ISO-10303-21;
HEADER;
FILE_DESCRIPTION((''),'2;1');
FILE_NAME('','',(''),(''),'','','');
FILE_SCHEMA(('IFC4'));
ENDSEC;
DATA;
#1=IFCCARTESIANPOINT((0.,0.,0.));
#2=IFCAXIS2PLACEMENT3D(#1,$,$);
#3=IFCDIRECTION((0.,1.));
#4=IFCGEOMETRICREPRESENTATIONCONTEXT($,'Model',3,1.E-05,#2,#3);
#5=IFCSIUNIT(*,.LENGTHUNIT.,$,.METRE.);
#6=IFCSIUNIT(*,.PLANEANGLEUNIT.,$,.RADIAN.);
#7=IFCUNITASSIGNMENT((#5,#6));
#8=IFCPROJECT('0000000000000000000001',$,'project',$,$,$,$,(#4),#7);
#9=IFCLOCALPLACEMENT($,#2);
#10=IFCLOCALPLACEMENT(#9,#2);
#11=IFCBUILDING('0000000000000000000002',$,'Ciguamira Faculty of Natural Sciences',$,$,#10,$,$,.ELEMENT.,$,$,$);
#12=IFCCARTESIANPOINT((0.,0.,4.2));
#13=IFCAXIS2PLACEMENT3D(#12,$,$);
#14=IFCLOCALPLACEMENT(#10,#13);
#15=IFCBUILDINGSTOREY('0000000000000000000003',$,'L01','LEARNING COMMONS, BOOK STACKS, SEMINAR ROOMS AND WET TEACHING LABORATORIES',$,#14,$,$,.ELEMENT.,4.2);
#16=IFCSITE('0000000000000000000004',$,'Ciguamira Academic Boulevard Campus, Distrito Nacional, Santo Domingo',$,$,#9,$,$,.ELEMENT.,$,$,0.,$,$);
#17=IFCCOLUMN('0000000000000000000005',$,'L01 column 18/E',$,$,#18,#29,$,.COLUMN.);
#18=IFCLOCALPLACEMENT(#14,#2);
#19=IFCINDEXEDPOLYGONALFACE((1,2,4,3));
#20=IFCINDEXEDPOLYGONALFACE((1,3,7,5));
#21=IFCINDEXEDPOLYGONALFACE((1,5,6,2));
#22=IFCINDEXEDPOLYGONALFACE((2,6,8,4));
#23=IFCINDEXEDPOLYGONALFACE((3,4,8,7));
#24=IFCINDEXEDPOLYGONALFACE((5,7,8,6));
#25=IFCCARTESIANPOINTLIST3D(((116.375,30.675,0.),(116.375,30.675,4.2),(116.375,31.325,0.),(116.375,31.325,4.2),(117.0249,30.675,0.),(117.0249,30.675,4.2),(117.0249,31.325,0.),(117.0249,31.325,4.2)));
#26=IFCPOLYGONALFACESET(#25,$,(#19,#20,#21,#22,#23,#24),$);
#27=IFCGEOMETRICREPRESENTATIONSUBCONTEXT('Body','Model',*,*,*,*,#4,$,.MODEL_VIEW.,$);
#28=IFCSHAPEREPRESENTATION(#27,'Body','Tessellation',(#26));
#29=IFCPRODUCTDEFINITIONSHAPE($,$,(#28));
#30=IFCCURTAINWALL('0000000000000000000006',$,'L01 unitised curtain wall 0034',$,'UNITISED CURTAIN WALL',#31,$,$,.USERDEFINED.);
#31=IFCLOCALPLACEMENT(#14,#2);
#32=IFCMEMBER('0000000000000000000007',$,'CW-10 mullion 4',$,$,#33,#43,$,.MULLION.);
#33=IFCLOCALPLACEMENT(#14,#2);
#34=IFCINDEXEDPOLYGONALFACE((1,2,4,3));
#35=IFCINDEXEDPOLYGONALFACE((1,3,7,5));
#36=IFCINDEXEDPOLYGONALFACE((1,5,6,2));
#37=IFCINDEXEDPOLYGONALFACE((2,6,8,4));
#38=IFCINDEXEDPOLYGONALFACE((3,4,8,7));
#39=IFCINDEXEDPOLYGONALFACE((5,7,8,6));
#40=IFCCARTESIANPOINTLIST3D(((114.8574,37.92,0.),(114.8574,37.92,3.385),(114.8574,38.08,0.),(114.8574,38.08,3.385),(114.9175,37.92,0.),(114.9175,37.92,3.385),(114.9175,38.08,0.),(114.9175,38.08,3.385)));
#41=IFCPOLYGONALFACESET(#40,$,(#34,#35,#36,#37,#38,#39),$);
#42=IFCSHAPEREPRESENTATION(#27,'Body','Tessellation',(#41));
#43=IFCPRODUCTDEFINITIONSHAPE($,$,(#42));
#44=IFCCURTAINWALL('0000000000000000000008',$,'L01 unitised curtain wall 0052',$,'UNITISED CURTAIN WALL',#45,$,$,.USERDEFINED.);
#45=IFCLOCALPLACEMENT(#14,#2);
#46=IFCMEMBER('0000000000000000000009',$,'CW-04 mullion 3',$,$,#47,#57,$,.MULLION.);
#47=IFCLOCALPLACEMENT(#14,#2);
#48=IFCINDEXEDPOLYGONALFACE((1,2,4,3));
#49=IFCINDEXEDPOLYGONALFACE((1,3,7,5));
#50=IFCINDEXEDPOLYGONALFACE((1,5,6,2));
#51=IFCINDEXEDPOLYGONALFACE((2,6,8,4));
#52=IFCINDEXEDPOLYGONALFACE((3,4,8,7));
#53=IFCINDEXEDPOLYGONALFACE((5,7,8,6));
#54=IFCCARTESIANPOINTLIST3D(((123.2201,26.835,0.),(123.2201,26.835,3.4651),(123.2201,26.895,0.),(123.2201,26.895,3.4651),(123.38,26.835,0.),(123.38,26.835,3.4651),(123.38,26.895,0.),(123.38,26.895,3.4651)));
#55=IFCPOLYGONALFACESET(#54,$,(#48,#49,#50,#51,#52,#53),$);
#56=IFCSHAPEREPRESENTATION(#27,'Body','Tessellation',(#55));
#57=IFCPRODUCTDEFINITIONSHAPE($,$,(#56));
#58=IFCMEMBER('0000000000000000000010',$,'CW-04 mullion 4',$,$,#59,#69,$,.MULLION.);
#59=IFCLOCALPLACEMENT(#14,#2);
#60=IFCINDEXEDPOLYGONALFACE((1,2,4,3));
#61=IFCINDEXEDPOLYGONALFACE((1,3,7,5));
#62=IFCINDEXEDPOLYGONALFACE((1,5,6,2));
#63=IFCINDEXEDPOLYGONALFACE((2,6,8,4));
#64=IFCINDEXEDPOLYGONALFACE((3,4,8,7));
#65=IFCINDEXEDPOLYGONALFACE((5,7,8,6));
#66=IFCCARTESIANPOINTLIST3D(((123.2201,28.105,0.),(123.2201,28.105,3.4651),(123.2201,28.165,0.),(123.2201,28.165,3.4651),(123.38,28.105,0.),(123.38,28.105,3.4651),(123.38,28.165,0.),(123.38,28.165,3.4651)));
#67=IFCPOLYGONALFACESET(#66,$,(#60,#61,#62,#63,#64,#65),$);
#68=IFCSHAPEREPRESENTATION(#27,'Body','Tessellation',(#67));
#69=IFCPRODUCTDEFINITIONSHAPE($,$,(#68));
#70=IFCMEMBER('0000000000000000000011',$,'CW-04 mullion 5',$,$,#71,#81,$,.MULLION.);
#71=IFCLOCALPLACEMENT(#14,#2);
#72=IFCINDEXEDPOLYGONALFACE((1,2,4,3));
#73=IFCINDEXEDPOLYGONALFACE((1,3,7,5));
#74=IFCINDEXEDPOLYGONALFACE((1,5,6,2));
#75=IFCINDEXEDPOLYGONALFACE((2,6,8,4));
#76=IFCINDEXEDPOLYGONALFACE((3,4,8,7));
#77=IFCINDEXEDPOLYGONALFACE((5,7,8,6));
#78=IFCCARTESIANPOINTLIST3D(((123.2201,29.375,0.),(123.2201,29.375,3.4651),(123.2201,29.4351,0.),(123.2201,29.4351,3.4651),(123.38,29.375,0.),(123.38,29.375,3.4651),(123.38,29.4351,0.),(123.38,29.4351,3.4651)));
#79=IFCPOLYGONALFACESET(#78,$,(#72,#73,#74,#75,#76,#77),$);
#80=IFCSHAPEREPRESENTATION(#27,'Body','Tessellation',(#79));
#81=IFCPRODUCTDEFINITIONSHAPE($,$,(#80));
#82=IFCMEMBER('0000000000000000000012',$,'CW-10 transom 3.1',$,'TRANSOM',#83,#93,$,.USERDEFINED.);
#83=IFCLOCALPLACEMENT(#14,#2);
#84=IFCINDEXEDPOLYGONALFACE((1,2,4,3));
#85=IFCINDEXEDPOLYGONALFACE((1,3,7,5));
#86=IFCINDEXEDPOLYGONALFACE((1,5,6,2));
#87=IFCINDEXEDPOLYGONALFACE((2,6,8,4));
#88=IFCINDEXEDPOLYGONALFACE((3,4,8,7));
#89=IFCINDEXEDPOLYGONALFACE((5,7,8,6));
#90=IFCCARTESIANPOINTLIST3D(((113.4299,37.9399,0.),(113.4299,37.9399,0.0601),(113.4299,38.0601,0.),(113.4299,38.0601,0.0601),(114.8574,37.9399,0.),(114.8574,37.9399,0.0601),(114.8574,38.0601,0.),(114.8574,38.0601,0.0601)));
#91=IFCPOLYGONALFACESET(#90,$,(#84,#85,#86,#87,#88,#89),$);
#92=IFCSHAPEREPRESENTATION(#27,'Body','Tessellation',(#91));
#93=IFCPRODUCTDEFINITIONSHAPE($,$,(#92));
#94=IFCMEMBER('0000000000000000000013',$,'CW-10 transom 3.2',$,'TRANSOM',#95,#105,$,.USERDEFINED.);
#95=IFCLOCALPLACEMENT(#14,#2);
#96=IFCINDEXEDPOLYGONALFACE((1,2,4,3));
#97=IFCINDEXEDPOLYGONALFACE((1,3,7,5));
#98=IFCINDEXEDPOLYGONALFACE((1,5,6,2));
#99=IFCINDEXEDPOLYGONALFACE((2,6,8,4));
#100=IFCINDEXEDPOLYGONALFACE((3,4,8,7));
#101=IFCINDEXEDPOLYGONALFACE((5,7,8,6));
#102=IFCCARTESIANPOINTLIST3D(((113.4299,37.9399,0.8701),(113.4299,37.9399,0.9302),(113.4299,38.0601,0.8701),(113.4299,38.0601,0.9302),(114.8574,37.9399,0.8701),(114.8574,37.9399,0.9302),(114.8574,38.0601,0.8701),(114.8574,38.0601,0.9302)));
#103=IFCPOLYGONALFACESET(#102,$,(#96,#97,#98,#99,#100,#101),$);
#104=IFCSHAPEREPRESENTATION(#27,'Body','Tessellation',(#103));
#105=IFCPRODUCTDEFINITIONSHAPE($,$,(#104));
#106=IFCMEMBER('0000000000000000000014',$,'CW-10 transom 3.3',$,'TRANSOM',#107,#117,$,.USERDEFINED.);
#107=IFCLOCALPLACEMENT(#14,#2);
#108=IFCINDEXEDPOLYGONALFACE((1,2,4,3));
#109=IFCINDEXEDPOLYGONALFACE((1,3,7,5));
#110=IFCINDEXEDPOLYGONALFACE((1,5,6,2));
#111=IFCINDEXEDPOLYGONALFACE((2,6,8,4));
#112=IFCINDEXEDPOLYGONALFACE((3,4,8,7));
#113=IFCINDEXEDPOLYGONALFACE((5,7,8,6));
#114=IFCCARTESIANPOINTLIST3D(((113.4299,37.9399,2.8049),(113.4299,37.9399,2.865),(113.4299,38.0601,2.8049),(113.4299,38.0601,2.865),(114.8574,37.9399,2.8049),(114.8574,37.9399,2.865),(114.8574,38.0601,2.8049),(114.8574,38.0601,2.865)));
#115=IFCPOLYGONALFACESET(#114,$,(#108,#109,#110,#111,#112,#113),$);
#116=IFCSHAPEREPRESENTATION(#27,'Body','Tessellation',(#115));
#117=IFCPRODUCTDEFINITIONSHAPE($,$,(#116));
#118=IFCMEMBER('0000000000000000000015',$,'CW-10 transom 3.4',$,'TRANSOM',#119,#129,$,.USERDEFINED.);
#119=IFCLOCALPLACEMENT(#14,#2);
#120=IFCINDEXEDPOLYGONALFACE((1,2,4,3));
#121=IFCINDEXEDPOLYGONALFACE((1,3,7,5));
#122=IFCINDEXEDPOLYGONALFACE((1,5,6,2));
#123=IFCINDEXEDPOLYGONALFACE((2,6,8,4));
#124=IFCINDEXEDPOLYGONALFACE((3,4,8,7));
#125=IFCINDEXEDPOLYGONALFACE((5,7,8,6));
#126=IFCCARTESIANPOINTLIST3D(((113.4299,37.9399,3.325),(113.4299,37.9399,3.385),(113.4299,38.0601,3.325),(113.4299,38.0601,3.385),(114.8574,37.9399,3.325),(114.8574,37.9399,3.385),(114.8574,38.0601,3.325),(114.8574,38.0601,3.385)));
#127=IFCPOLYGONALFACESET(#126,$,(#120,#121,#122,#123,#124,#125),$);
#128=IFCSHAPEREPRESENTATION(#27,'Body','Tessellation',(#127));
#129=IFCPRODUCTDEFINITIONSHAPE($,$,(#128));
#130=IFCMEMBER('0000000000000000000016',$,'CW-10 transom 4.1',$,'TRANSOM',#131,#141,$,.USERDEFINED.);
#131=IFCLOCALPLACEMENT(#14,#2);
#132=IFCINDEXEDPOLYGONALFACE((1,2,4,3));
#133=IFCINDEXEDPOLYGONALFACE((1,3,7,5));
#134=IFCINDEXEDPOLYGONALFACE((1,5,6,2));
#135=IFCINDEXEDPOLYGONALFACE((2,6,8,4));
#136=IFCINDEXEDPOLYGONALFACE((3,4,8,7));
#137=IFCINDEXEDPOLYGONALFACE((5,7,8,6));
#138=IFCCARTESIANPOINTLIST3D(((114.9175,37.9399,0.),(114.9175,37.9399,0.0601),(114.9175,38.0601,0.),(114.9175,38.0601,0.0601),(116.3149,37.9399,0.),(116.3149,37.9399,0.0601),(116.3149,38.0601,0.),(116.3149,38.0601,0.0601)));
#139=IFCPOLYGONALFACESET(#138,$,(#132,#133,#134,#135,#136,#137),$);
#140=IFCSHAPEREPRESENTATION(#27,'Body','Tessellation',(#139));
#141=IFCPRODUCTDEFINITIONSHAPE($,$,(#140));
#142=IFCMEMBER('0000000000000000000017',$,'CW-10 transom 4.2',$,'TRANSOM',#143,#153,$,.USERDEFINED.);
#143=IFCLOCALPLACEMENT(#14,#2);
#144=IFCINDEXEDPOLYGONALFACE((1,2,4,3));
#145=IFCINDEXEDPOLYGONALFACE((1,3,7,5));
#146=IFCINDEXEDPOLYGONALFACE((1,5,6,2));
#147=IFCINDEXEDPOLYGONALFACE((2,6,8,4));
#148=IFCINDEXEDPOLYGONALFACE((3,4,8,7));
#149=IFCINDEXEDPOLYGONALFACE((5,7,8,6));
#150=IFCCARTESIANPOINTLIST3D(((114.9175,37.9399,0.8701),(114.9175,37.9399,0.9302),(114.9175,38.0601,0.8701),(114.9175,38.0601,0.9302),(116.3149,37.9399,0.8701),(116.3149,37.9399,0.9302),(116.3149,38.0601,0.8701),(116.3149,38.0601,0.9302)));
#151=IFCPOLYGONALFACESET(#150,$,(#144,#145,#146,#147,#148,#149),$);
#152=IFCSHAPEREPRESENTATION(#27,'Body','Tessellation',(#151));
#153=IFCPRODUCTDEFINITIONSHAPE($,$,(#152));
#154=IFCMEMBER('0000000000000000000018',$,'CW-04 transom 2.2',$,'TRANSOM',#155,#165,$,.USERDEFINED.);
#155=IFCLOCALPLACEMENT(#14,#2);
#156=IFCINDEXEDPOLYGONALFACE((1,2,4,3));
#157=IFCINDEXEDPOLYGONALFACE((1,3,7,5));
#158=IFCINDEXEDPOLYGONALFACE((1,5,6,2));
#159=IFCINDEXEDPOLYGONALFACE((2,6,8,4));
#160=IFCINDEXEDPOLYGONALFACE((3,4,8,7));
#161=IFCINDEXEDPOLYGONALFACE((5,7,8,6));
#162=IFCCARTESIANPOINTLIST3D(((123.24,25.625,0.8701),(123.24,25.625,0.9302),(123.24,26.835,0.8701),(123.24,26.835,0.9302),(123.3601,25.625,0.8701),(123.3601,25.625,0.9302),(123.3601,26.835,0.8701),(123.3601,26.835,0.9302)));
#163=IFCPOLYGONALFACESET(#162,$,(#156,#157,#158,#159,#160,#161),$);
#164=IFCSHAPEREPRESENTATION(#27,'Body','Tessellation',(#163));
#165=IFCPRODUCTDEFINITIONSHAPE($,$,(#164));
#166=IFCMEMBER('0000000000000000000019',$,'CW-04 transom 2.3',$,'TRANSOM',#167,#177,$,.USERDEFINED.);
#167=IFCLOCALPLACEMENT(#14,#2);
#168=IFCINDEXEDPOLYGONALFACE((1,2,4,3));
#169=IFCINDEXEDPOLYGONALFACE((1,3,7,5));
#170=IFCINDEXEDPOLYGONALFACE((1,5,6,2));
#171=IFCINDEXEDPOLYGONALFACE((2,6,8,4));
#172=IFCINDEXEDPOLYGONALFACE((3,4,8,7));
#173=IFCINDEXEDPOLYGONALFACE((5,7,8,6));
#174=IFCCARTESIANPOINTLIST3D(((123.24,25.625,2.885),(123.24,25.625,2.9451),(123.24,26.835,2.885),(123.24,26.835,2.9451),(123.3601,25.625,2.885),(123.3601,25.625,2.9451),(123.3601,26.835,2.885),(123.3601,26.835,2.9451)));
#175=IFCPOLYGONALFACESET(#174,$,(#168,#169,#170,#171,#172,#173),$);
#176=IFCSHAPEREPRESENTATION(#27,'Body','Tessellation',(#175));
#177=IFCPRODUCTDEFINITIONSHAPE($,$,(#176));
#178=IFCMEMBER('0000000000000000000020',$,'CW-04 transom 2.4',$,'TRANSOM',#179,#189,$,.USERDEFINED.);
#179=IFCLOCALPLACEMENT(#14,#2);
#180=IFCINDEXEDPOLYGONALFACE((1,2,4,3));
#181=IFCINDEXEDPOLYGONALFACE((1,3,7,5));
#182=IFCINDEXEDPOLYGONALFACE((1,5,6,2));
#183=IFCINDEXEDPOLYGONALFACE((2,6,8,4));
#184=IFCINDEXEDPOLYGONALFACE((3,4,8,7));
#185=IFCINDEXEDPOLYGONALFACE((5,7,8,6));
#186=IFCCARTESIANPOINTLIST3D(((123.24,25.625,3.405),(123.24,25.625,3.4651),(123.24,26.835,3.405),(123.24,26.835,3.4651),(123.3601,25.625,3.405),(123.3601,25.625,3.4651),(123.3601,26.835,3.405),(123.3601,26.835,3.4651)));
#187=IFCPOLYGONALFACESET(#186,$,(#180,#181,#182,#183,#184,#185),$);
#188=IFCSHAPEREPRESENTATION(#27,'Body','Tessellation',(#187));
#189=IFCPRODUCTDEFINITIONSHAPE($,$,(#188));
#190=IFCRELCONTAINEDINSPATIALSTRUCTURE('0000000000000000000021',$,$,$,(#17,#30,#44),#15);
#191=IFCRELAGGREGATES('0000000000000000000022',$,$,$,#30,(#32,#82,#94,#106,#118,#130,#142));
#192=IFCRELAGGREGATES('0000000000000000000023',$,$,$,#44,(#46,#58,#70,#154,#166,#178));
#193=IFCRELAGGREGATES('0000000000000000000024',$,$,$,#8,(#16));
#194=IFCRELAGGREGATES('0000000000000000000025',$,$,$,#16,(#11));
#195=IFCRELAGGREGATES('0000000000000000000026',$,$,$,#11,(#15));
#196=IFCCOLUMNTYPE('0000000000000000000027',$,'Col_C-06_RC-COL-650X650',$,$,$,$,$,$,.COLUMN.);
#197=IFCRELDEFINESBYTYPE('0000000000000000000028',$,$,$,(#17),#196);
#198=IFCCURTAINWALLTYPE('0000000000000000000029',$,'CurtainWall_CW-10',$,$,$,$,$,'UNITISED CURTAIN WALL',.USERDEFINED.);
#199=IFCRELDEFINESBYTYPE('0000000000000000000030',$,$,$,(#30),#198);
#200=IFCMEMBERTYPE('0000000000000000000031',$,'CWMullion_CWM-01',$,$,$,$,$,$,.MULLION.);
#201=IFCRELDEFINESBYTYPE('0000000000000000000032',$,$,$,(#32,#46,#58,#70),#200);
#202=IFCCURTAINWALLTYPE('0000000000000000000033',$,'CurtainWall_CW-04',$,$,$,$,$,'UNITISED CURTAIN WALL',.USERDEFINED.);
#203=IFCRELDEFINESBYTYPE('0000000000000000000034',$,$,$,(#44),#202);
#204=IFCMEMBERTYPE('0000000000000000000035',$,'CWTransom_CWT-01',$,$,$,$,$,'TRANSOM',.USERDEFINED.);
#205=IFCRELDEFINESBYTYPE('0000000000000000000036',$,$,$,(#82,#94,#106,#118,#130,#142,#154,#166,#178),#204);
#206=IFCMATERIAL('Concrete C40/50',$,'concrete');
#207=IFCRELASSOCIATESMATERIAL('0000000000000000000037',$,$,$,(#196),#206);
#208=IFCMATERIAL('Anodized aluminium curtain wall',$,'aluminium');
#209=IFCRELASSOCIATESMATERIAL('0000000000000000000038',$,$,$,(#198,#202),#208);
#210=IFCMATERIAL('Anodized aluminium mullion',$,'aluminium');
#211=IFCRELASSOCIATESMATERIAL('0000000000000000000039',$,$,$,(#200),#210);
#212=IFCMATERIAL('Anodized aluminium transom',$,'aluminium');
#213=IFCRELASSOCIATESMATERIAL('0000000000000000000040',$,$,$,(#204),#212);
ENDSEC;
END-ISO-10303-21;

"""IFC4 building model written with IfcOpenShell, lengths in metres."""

from ifc_helpers import new_model, si_unit, direction, frame, origin, origin_2d, place, context, subcontext, project, spatial, rectangle, extrude, material, material_profile, profile_set, type_object, element, aggregate, save


model = new_model("IFC4")

# Units and contexts
model_context = context("Model", 3, precision=1e-05, world=origin(), true_north=direction((0.0, 1.0)))
body_context = subcontext(model_context, "Body", "Model", "MODEL_VIEW")
ifc_project = project(units=[si_unit("LENGTHUNIT", "METRE"), si_unit("PLANEANGLEUNIT", "RADIAN")], contexts=[model_context])

# Site, building, storey
site_placement = place(None, origin())
site = spatial("IfcSite", under=ifc_project, at=site_placement, Name="Ciguamira Academic Boulevard Campus, Distrito Nacional, Santo Domingo", CompositionType="ELEMENT", RefElevation=0.0)
building_placement = place(site_placement, origin())
building = spatial("IfcBuilding", under=site, at=building_placement, Name="Ciguamira Faculty of Natural Sciences", CompositionType="ELEMENT")
storey_placement = place(building_placement, frame((0.0, 0.0, 4.2)))
storey = spatial("IfcBuildingStorey", under=building, at=storey_placement, Name="L01", Description="LEARNING COMMONS, BOOK STACKS, SEMINAR ROOMS AND WET TEACHING LABORATORIES", CompositionType="ELEMENT", Elevation=4.2)

# Column
ifc_material_1 = material(Name="Concrete C40/50", Category="concrete")
ifc_material_profile_1 = material_profile(ifc_material_1, rectangle(XDim=0.6499, YDim=0.6499, at=origin_2d()), Name="RC-COL-650X650")
ifc_profile_set_1 = profile_set([ifc_material_profile_1], Name="Concrete C40/50")
column_type = type_object("IfcColumnType", Name="Col_C-06_RC-COL-650X650", PredefinedType="COLUMN", material=ifc_profile_set_1)
column_placement = place(storey_placement, frame((116.7, 31.0, 0.0), z_axis=(0.0, 0.0, 1.0), x_axis=(1.0, 0.0, 0.0)))
element("IfcColumn", 1, at=column_placement, inside=storey, type_object=column_type, Name="L01 column 18/E", PredefinedType="COLUMN", context=body_context, shape_type="SweptSolid", body=[
    extrude(rectangle(XDim=0.6499, YDim=0.6499, at=origin_2d()), origin(), (0.0, 0.0, 1.0), 4.2),
])

# Curtain wall, member
ifc_material_2 = material(Name="Anodized aluminium curtain wall", Category="aluminium")
curtain_wall_type_1 = type_object("IfcCurtainWallType", Name="CurtainWall_CW-10", ElementType="UNITISED CURTAIN WALL", PredefinedType="USERDEFINED", material=ifc_material_2)
curtain_wall_1_placement = place(storey_placement, origin())
curtain_wall_1 = element("IfcCurtainWall", 2, at=curtain_wall_1_placement, inside=storey, type_object=curtain_wall_type_1, Name="L01 unitised curtain wall 0034", ObjectType="UNITISED CURTAIN WALL", PredefinedType="USERDEFINED")
ifc_material_3 = material(Name="Anodized aluminium mullion", Category="aluminium")
ifc_material_profile_2 = material_profile(ifc_material_3, rectangle(XDim=0.0601, YDim=0.1599, at=origin_2d()), Name="ALU-MUL-60X160")
ifc_profile_set_2 = profile_set([ifc_material_profile_2], Name="Anodized aluminium mullion")
member_type_1 = type_object("IfcMemberType", Name="CWMullion_CWM-01", PredefinedType="MULLION", material=ifc_profile_set_2)
member_1_placement = place(storey_placement, frame((114.8875, 38.0, 0.0), z_axis=(0.0, 0.0, 1.0), x_axis=(1.0, 0.0, 0.0)))
member_1 = element("IfcMember", 3, at=member_1_placement, type_object=member_type_1, Name="CW-10 mullion 4", PredefinedType="MULLION", context=body_context, shape_type="SweptSolid", body=[
    extrude(rectangle(XDim=0.0601, YDim=0.1599, at=origin_2d()), origin(), (0.0, 0.0, 1.0), 3.385),
])

# Curtain wall, members
curtain_wall_type_2 = type_object("IfcCurtainWallType", Name="CurtainWall_CW-04", ElementType="UNITISED CURTAIN WALL", PredefinedType="USERDEFINED", material=ifc_material_2)
curtain_wall_2_placement = place(storey_placement, origin())
curtain_wall_2 = element("IfcCurtainWall", 4, at=curtain_wall_2_placement, inside=storey, type_object=curtain_wall_type_2, Name="L01 unitised curtain wall 0052", ObjectType="UNITISED CURTAIN WALL", PredefinedType="USERDEFINED")
member_2_placement = place(storey_placement, frame((123.3, 26.865, 0.0), z_axis=(0.0, 0.0, 1.0), x_axis=(0.0, 1.0, 0.0)))
member_2 = element("IfcMember", 5, at=member_2_placement, type_object=member_type_1, Name="CW-04 mullion 3", PredefinedType="MULLION", context=body_context, shape_type="SweptSolid", body=[
    extrude(rectangle(XDim=0.0601, YDim=0.1599, at=origin_2d()), origin(), (0.0, 0.0, 1.0), 3.4651),
])
member_3_placement = place(storey_placement, frame((123.3, 28.135, 0.0), z_axis=(0.0, 0.0, 1.0), x_axis=(0.0, 1.0, 0.0)))
member_3 = element("IfcMember", 6, at=member_3_placement, type_object=member_type_1, Name="CW-04 mullion 4", PredefinedType="MULLION", context=body_context, shape_type="SweptSolid", body=[
    extrude(rectangle(XDim=0.0601, YDim=0.1599, at=origin_2d()), origin(), (0.0, 0.0, 1.0), 3.4651),
])
member_4_placement = place(storey_placement, frame((123.3, 29.405, 0.0), z_axis=(0.0, 0.0, 1.0), x_axis=(0.0, 1.0, 0.0)))
member_4 = element("IfcMember", 7, at=member_4_placement, type_object=member_type_1, Name="CW-04 mullion 5", PredefinedType="MULLION", context=body_context, shape_type="SweptSolid", body=[
    extrude(rectangle(XDim=0.0601, YDim=0.1599, at=origin_2d()), origin(), (0.0, 0.0, 1.0), 3.4651),
])

# Members
ifc_material_4 = material(Name="Anodized aluminium transom", Category="aluminium")
ifc_material_profile_3 = material_profile(ifc_material_4, rectangle(XDim=0.0601, YDim=0.1201, at=origin_2d()), Name="ALU-TRN-60X120")
ifc_profile_set_3 = profile_set([ifc_material_profile_3], Name="Anodized aluminium transom")
member_type_2 = type_object("IfcMemberType", Name="CWTransom_CWT-01", ElementType="TRANSOM", PredefinedType="USERDEFINED", material=ifc_profile_set_3)
member_5_placement = place(storey_placement, frame((113.4299, 38.0, 0.03), z_axis=(1.0, 0.0, 0.0), x_axis=(0.0, 0.0, 1.0)))
member_5 = element("IfcMember", 8, at=member_5_placement, type_object=member_type_2, Name="CW-10 transom 3.1", ObjectType="TRANSOM", PredefinedType="USERDEFINED", context=body_context, shape_type="SweptSolid", body=[
    extrude(rectangle(XDim=0.0601, YDim=0.1201, at=origin_2d()), origin(), (0.0, 0.0, 1.0), 1.4275),
])
member_6_placement = place(storey_placement, frame((113.4299, 38.0, 0.9001), z_axis=(1.0, 0.0, 0.0), x_axis=(0.0, 0.0, 1.0)))
member_6 = element("IfcMember", 9, at=member_6_placement, type_object=member_type_2, Name="CW-10 transom 3.2", ObjectType="TRANSOM", PredefinedType="USERDEFINED", context=body_context, shape_type="SweptSolid", body=[
    extrude(rectangle(XDim=0.0601, YDim=0.1201, at=origin_2d()), origin(), (0.0, 0.0, 1.0), 1.4275),
])
member_7_placement = place(storey_placement, frame((113.4299, 38.0, 2.835), z_axis=(1.0, 0.0, 0.0), x_axis=(0.0, 0.0, 1.0)))
member_7 = element("IfcMember", 10, at=member_7_placement, type_object=member_type_2, Name="CW-10 transom 3.3", ObjectType="TRANSOM", PredefinedType="USERDEFINED", context=body_context, shape_type="SweptSolid", body=[
    extrude(rectangle(XDim=0.0601, YDim=0.1201, at=origin_2d()), origin(), (0.0, 0.0, 1.0), 1.4275),
])
member_8_placement = place(storey_placement, frame((113.4299, 38.0, 3.355), z_axis=(1.0, 0.0, 0.0), x_axis=(0.0, 0.0, 1.0)))
member_8 = element("IfcMember", 11, at=member_8_placement, type_object=member_type_2, Name="CW-10 transom 3.4", ObjectType="TRANSOM", PredefinedType="USERDEFINED", context=body_context, shape_type="SweptSolid", body=[
    extrude(rectangle(XDim=0.0601, YDim=0.1201, at=origin_2d()), origin(), (0.0, 0.0, 1.0), 1.4275),
])
member_9_placement = place(storey_placement, frame((114.9175, 38.0, 0.03), z_axis=(1.0, 0.0, 0.0), x_axis=(0.0, 0.0, 1.0)))
member_9 = element("IfcMember", 12, at=member_9_placement, type_object=member_type_2, Name="CW-10 transom 4.1", ObjectType="TRANSOM", PredefinedType="USERDEFINED", context=body_context, shape_type="SweptSolid", body=[
    extrude(rectangle(XDim=0.0601, YDim=0.1201, at=origin_2d()), origin(), (0.0, 0.0, 1.0), 1.3975),
])
member_10_placement = place(storey_placement, frame((114.9175, 38.0, 0.9001), z_axis=(1.0, 0.0, 0.0), x_axis=(0.0, 0.0, 1.0)))
member_10 = element("IfcMember", 13, at=member_10_placement, type_object=member_type_2, Name="CW-10 transom 4.2", ObjectType="TRANSOM", PredefinedType="USERDEFINED", context=body_context, shape_type="SweptSolid", body=[
    extrude(rectangle(XDim=0.0601, YDim=0.1201, at=origin_2d()), origin(), (0.0, 0.0, 1.0), 1.3975),
])
member_11_placement = place(storey_placement, frame((123.3, 25.625, 0.9001), z_axis=(0.0, 1.0, 0.0), x_axis=(0.0, 0.0, 1.0)))
member_11 = element("IfcMember", 14, at=member_11_placement, type_object=member_type_2, Name="CW-04 transom 2.2", ObjectType="TRANSOM", PredefinedType="USERDEFINED", context=body_context, shape_type="SweptSolid", body=[
    extrude(rectangle(XDim=0.0601, YDim=0.1201, at=origin_2d()), origin(), (0.0, 0.0, 1.0), 1.21),
])
member_12_placement = place(storey_placement, frame((123.3, 25.625, 2.915), z_axis=(0.0, 1.0, 0.0), x_axis=(0.0, 0.0, 1.0)))
member_12 = element("IfcMember", 15, at=member_12_placement, type_object=member_type_2, Name="CW-04 transom 2.3", ObjectType="TRANSOM", PredefinedType="USERDEFINED", context=body_context, shape_type="SweptSolid", body=[
    extrude(rectangle(XDim=0.0601, YDim=0.1201, at=origin_2d()), origin(), (0.0, 0.0, 1.0), 1.21),
])
member_13_placement = place(storey_placement, frame((123.3, 25.625, 3.4351), z_axis=(0.0, 1.0, 0.0), x_axis=(0.0, 0.0, 1.0)))
member_13 = element("IfcMember", 16, at=member_13_placement, type_object=member_type_2, Name="CW-04 transom 2.4", ObjectType="TRANSOM", PredefinedType="USERDEFINED", context=body_context, shape_type="SweptSolid", body=[
    extrude(rectangle(XDim=0.0601, YDim=0.1201, at=origin_2d()), origin(), (0.0, 0.0, 1.0), 1.21),
])

aggregate(curtain_wall_1, [member_1, member_5, member_6, member_7, member_8, member_9, member_10])
aggregate(curtain_wall_2, [member_2, member_3, member_4, member_11, member_12, member_13])

save(model, "model.ifc")
